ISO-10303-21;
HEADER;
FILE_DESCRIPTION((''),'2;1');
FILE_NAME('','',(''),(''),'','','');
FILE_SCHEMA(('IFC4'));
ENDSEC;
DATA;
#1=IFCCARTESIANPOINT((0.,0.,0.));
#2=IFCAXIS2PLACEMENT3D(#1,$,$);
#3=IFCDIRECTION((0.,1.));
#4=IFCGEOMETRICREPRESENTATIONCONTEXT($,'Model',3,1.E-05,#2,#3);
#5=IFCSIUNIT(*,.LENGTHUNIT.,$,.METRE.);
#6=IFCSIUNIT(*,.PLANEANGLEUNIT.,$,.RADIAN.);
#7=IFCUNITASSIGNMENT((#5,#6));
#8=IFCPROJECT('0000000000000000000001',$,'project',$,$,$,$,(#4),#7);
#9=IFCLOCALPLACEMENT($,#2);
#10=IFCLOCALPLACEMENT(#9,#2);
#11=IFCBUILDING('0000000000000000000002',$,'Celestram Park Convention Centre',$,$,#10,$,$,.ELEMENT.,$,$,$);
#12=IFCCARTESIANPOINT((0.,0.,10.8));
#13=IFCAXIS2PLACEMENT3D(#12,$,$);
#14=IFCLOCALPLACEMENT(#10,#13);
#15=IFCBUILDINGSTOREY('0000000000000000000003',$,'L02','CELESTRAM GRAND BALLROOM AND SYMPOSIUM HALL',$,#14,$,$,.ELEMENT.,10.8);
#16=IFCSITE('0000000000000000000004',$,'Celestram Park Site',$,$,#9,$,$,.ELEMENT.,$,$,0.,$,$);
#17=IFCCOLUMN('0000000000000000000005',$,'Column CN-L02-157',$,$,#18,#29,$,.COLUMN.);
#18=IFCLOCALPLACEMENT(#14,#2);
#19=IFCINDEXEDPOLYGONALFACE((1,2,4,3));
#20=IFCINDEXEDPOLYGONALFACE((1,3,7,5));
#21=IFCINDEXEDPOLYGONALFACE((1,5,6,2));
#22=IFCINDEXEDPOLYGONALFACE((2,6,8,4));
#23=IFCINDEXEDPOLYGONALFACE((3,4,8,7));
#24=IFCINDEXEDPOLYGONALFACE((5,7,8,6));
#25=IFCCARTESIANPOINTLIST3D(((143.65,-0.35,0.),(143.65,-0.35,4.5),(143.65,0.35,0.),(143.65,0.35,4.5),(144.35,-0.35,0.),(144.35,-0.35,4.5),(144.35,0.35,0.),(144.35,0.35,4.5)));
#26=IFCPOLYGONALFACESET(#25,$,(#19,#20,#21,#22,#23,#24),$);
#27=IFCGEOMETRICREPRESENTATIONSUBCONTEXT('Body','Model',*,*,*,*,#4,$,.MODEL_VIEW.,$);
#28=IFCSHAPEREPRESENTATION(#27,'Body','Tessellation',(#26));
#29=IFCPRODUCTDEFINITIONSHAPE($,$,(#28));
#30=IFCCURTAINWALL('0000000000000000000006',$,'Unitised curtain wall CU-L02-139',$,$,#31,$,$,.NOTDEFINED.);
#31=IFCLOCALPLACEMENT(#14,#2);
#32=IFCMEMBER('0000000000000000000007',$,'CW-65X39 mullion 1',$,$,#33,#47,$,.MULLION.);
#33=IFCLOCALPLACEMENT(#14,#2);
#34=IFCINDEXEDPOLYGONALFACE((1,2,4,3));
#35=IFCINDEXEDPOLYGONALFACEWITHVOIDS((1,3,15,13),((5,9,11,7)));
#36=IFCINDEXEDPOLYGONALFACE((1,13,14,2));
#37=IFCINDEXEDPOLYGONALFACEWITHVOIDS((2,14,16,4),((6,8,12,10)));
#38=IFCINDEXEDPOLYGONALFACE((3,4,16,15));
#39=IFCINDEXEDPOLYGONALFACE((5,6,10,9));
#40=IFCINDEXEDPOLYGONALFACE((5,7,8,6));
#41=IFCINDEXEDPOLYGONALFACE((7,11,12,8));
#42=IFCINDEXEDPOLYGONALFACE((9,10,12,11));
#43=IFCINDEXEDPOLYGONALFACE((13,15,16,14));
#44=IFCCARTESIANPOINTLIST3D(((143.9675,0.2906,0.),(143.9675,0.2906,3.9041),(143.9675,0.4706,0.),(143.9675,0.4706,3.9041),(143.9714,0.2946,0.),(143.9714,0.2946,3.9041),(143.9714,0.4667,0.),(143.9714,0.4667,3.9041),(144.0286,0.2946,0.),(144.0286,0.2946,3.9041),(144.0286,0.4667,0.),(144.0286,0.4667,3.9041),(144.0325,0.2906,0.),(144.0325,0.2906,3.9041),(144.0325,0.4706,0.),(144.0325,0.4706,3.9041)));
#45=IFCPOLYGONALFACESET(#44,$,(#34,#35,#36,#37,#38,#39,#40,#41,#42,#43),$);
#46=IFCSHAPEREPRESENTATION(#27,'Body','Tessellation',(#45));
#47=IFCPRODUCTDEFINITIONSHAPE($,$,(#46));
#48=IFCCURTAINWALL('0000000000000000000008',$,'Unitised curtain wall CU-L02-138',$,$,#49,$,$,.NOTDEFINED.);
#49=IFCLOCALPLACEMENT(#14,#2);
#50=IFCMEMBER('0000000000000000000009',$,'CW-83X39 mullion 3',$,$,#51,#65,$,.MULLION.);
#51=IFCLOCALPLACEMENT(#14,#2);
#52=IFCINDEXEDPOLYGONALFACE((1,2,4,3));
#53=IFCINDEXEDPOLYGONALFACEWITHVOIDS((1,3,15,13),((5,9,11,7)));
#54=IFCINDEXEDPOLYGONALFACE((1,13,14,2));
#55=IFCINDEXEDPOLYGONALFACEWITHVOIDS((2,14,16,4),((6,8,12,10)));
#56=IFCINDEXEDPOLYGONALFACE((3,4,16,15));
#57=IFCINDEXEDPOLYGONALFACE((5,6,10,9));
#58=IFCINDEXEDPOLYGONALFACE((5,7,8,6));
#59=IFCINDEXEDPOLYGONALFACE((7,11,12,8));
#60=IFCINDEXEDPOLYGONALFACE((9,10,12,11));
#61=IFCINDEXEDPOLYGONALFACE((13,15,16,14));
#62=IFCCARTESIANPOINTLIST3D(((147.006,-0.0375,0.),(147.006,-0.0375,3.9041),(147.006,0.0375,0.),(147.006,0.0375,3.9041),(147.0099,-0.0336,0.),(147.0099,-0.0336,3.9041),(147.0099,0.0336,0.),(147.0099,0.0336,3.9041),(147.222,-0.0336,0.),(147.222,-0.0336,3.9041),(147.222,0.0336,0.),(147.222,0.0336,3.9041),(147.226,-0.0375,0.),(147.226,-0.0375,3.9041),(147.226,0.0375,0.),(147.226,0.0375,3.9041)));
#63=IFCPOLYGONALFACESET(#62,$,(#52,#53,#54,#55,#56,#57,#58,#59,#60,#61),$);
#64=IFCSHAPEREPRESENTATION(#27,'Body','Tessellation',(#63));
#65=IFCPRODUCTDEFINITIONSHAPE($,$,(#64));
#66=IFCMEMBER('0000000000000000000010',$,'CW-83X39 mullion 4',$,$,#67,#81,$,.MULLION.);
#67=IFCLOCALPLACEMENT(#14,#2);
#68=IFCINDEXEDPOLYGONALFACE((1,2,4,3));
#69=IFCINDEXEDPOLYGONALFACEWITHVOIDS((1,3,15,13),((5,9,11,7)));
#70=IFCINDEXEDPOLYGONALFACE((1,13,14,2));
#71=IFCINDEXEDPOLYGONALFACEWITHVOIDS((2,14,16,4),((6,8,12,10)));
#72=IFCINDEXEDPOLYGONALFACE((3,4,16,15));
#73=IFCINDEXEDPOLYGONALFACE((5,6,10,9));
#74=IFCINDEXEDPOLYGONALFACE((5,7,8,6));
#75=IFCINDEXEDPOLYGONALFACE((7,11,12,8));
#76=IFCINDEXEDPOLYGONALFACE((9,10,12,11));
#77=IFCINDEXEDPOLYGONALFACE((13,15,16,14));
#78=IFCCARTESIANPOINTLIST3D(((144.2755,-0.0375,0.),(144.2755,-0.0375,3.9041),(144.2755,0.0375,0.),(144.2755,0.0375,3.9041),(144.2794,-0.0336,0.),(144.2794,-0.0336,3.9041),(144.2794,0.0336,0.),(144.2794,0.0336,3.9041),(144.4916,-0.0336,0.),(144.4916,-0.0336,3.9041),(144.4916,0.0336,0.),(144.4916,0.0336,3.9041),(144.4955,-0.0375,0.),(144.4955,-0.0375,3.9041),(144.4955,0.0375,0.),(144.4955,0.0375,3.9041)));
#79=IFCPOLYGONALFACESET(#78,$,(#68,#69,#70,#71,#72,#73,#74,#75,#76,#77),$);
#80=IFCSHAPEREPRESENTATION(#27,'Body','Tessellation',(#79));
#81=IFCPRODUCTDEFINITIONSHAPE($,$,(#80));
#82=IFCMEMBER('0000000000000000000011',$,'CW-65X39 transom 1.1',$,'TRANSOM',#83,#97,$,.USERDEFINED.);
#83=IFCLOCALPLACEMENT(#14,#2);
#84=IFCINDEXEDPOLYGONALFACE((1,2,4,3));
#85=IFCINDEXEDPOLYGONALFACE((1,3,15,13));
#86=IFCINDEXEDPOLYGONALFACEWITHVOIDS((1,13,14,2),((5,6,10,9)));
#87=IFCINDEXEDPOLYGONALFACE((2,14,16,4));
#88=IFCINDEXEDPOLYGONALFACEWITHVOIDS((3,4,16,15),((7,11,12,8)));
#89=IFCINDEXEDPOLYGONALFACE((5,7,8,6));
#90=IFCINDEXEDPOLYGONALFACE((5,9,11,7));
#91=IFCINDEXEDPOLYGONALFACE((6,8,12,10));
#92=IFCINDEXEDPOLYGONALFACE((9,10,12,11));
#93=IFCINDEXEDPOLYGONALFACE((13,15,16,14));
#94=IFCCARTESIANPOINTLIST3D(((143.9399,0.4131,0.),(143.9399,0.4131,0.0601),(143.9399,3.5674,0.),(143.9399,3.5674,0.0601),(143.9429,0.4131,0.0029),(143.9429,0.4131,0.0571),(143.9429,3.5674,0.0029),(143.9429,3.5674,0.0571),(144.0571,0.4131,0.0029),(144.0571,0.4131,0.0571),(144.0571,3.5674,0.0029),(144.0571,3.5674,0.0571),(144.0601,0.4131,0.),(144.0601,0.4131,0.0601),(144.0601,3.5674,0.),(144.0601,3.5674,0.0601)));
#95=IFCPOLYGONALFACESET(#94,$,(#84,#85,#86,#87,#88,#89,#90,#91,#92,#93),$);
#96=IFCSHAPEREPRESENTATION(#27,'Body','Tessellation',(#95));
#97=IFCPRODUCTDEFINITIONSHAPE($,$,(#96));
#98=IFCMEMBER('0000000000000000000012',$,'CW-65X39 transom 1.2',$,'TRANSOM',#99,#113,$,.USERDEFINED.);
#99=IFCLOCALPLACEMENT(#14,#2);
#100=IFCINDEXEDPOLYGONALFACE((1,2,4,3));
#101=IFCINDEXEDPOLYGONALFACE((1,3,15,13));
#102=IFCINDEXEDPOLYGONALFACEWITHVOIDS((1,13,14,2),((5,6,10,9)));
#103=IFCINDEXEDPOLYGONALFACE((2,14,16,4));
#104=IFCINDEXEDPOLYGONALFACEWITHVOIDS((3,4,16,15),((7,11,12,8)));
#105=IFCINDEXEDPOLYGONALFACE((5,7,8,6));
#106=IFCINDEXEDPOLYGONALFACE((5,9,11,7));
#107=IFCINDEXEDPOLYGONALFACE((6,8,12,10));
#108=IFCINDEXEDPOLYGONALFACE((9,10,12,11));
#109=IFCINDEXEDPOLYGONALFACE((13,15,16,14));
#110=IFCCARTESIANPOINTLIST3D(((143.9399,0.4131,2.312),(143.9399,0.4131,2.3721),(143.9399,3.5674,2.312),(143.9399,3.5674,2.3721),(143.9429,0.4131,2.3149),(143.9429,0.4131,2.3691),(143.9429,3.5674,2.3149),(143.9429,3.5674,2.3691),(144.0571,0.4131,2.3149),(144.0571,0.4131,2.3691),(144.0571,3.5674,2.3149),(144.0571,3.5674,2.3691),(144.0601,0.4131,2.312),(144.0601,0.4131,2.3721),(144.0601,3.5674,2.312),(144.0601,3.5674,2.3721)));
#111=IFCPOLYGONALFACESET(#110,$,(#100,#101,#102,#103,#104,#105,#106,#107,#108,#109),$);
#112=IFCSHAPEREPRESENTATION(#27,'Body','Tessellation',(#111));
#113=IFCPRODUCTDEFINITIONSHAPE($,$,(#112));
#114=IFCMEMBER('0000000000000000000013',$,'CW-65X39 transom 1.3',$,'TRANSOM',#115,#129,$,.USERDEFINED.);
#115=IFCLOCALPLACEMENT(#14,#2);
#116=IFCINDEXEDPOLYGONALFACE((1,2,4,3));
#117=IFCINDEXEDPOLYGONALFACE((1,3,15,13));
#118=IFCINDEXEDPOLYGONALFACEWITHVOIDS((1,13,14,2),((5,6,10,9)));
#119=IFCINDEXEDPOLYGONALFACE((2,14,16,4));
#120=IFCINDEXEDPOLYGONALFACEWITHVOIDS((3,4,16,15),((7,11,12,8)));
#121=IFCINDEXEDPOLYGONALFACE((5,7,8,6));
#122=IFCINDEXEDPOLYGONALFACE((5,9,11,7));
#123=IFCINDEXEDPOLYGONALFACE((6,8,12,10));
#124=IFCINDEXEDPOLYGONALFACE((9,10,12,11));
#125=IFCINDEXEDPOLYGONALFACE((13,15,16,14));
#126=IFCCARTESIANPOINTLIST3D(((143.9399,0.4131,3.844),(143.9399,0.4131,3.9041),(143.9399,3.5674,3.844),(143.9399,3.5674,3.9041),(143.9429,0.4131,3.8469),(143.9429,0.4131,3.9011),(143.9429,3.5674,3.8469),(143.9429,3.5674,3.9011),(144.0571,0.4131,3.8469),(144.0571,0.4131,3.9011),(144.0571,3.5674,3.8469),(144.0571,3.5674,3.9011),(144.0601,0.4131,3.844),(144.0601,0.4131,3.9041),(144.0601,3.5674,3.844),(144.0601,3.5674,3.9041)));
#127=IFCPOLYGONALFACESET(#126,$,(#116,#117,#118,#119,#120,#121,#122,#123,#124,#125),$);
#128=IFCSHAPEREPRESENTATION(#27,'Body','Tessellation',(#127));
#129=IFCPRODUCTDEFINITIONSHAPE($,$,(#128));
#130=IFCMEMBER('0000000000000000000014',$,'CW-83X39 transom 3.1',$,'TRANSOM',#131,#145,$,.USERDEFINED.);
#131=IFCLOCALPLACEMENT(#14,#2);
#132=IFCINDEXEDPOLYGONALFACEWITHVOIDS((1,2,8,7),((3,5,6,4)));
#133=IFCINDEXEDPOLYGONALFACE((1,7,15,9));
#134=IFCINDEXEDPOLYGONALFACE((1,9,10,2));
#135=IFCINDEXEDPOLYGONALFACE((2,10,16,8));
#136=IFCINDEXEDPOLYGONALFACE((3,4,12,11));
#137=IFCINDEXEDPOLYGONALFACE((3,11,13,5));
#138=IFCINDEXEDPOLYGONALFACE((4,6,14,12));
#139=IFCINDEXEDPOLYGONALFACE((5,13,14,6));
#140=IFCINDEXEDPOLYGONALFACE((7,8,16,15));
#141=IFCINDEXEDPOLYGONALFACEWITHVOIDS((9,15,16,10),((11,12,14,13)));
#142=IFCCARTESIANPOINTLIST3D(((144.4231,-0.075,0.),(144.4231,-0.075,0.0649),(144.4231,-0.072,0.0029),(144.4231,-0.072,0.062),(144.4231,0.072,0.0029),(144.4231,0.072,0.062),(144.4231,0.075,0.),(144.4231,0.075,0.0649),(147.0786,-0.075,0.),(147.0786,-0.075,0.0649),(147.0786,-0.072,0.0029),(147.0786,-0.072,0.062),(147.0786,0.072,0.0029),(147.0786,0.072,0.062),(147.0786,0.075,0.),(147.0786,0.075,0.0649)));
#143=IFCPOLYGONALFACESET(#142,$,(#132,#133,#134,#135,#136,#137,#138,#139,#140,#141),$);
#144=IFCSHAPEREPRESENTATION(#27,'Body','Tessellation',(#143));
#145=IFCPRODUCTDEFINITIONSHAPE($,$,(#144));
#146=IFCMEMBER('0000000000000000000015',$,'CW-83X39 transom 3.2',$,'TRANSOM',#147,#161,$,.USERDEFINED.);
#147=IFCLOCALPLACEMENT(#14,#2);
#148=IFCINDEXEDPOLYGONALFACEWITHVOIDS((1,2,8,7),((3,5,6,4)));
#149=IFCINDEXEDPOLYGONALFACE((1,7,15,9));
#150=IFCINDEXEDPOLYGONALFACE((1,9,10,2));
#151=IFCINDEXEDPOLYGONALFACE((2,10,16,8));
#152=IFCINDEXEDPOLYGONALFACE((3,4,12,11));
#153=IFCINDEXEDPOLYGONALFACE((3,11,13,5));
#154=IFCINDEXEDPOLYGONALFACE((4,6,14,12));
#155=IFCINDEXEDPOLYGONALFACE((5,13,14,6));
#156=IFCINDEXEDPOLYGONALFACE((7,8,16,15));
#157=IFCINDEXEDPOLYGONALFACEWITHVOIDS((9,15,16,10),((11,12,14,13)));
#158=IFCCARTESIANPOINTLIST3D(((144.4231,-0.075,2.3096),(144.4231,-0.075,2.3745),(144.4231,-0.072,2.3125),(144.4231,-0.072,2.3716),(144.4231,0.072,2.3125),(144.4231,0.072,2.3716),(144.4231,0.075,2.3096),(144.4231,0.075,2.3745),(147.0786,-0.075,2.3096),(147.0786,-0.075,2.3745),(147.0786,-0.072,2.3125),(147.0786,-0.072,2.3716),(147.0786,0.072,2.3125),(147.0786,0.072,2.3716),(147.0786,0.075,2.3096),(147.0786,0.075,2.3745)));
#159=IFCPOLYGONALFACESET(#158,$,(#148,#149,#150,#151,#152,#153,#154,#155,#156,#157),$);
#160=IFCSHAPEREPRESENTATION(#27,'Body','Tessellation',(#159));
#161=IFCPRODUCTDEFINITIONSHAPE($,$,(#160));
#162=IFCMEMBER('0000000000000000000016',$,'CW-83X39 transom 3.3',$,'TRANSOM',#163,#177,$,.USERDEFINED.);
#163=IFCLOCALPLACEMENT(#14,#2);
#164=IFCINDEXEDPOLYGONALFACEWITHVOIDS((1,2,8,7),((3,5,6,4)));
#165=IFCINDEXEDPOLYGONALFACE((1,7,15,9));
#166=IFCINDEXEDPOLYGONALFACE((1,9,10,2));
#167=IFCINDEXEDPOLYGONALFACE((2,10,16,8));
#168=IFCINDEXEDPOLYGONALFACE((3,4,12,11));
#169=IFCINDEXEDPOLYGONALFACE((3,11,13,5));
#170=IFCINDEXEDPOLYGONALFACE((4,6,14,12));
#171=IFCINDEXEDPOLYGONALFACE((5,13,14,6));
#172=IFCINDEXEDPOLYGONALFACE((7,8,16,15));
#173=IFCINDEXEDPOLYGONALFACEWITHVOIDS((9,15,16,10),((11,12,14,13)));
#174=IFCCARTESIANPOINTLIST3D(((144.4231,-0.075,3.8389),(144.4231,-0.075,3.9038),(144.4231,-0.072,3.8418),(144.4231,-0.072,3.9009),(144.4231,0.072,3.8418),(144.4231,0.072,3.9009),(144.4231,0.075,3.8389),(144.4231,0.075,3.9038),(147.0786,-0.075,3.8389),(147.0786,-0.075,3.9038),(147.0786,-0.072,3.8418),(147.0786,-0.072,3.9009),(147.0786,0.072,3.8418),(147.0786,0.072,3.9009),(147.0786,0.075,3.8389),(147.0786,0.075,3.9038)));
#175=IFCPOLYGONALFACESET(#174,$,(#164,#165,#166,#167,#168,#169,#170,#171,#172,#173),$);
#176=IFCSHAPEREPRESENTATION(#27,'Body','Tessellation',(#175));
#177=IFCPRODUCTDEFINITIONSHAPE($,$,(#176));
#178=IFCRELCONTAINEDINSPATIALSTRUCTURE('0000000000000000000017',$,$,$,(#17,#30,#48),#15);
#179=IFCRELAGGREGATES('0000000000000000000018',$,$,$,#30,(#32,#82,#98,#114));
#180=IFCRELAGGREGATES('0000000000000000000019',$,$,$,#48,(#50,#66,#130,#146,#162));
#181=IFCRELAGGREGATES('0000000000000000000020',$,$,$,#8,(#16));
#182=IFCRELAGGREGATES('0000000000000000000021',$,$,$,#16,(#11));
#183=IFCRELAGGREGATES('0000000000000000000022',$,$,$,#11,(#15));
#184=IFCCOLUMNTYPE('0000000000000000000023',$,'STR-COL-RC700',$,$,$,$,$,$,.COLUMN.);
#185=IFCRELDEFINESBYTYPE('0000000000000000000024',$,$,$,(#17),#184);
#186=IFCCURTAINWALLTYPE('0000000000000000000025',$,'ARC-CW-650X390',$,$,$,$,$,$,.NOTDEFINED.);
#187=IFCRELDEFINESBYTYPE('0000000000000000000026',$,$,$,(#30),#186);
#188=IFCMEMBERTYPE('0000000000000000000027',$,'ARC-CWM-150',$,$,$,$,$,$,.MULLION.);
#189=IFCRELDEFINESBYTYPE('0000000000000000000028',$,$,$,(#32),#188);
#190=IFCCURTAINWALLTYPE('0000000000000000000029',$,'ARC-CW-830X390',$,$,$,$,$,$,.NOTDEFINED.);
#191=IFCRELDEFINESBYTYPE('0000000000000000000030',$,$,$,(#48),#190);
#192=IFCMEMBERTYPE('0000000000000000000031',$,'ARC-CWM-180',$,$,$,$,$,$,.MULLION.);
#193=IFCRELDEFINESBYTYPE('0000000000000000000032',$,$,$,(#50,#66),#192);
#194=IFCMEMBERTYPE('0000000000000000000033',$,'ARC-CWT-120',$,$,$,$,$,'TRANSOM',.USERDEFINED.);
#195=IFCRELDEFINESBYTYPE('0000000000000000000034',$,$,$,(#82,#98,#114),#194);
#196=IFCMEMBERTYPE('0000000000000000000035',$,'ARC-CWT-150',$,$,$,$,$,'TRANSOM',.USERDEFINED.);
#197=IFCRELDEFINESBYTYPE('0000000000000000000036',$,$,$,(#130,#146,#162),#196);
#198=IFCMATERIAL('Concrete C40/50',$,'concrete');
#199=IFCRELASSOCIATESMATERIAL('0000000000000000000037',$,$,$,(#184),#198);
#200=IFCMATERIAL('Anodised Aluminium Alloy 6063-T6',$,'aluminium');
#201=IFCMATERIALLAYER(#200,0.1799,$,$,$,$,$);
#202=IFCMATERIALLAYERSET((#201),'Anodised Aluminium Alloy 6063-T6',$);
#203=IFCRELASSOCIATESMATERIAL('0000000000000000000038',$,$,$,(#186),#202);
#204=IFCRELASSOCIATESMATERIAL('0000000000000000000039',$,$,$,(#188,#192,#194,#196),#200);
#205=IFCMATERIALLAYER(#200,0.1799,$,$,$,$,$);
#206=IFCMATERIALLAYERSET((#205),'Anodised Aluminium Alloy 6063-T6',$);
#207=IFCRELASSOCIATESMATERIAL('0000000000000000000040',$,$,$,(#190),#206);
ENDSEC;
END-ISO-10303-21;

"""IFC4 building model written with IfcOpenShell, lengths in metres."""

from ifc_helpers import new_model, si_unit, direction, frame, origin, origin_2d, place, context, subcontext, project, spatial, rectangle, hollow_rectangle, extrude, material, layer, layer_set, material_profile, profile_set, type_object, element, aggregate, save


model = new_model("IFC4")

# Units and contexts
model_context = context("Model", 3, precision=1e-05, world=origin(), true_north=direction((0.0, 1.0)))
body_context = subcontext(model_context, "Body", "Model", "MODEL_VIEW")
ifc_project = project(units=[si_unit("LENGTHUNIT", "METRE"), si_unit("PLANEANGLEUNIT", "RADIAN")], contexts=[model_context])

# Site, building, storey
site_placement = place(None, origin())
site = spatial("IfcSite", under=ifc_project, at=site_placement, Name="Celestram Park Site", CompositionType="ELEMENT", RefElevation=0.0)
building_placement = place(site_placement, origin())
building = spatial("IfcBuilding", under=site, at=building_placement, Name="Celestram Park Convention Centre", CompositionType="ELEMENT")
storey_placement = place(building_placement, frame((0.0, 0.0, 10.8)))
storey = spatial("IfcBuildingStorey", under=building, at=storey_placement, Name="L02", Description="CELESTRAM GRAND BALLROOM AND SYMPOSIUM HALL", CompositionType="ELEMENT", Elevation=10.8)

# Column
ifc_material_1 = material(Name="Concrete C40/50", Category="concrete")
ifc_material_profile_1 = material_profile(ifc_material_1, rectangle(XDim=0.7, YDim=0.7, at=origin_2d()), Name="RC700X700")
ifc_profile_set_1 = profile_set([ifc_material_profile_1], Name="Concrete C40/50")
column_type = type_object("IfcColumnType", Name="STR-COL-RC700", PredefinedType="COLUMN", material=ifc_profile_set_1)
column_placement = place(storey_placement, frame((144.0, 0.0, 0.0), z_axis=(0.0, 0.0, 1.0), x_axis=(1.0, 0.0, 0.0)))
element("IfcColumn", 1, at=column_placement, inside=storey, type_object=column_type, Name="Column CN-L02-157", PredefinedType="COLUMN", context=body_context, shape_type="SweptSolid", body=[
    extrude(rectangle(XDim=0.7, YDim=0.7, at=origin_2d()), origin(), (0.0, 0.0, 1.0), 4.5),
])

# Curtain wall, member
ifc_material_2 = material(Name="Anodised Aluminium Alloy 6063-T6", Category="aluminium")
ifc_layer_1 = layer(ifc_material_2, 0.1799)
ifc_layer_set_1 = layer_set([ifc_layer_1], Name="Anodised Aluminium Alloy 6063-T6")
curtain_wall_type_1 = type_object("IfcCurtainWallType", Name="ARC-CW-650X390", PredefinedType="NOTDEFINED", material=ifc_layer_set_1)
curtain_wall_1_placement = place(storey_placement, origin())
curtain_wall_1 = element("IfcCurtainWall", 2, at=curtain_wall_1_placement, inside=storey, type_object=curtain_wall_type_1, Name="Unitised curtain wall CU-L02-139", PredefinedType="NOTDEFINED")
ifc_material_profile_2 = material_profile(ifc_material_2, hollow_rectangle(XDim=0.0649, YDim=0.1799, WallThickness=0.0039, at=origin_2d()), Name="ALU65X180X4")
ifc_profile_set_2 = profile_set([ifc_material_profile_2], Name="Anodised Aluminium Alloy 6063-T6")
member_type_1 = type_object("IfcMemberType", Name="ARC-CWM-150", PredefinedType="MULLION", material=ifc_profile_set_2)
member_1_placement = place(storey_placement, frame((144.0, 0.3806, 0.0), z_axis=(0.0, 0.0, 1.0), x_axis=(-1.0, 0.0, 0.0)))
member_1 = element("IfcMember", 3, at=member_1_placement, type_object=member_type_1, Name="CW-65X39 mullion 1", PredefinedType="MULLION", context=body_context, shape_type="SweptSolid", body=[
    extrude(hollow_rectangle(XDim=0.0649, YDim=0.1799, WallThickness=0.0039, at=origin_2d()), origin(), (0.0, 0.0, 1.0), 3.9041),
])

# Curtain wall, members
ifc_layer_2 = layer(ifc_material_2, 0.1799)
ifc_layer_set_2 = layer_set([ifc_layer_2], Name="Anodised Aluminium Alloy 6063-T6")
curtain_wall_type_2 = type_object("IfcCurtainWallType", Name="ARC-CW-830X390", PredefinedType="NOTDEFINED", material=ifc_layer_set_2)
curtain_wall_2_placement = place(storey_placement, origin())
curtain_wall_2 = element("IfcCurtainWall", 4, at=curtain_wall_2_placement, inside=storey, type_object=curtain_wall_type_2, Name="Unitised curtain wall CU-L02-138", PredefinedType="NOTDEFINED")
ifc_material_profile_3 = material_profile(ifc_material_2, hollow_rectangle(XDim=0.075, YDim=0.22, WallThickness=0.0039, at=origin_2d()), Name="ALU75X220X4")
ifc_profile_set_3 = profile_set([ifc_material_profile_3], Name="Anodised Aluminium Alloy 6063-T6")
member_type_2 = type_object("IfcMemberType", Name="ARC-CWM-180", PredefinedType="MULLION", material=ifc_profile_set_3)
member_2_placement = place(storey_placement, frame((147.116, 0.0, 0.0), z_axis=(0.0, 0.0, 1.0), x_axis=(0.0, -1.0, 0.0)))
member_2 = element("IfcMember", 5, at=member_2_placement, type_object=member_type_2, Name="CW-83X39 mullion 3", PredefinedType="MULLION", context=body_context, shape_type="SweptSolid", body=[
    extrude(hollow_rectangle(XDim=0.075, YDim=0.22, WallThickness=0.0039, at=origin_2d()), origin(), (0.0, 0.0, 1.0), 3.9041),
])
member_3_placement = place(storey_placement, frame((144.3855, 0.0, 0.0), z_axis=(0.0, 0.0, 1.0), x_axis=(0.0, -1.0, 0.0)))
member_3 = element("IfcMember", 6, at=member_3_placement, type_object=member_type_2, Name="CW-83X39 mullion 4", PredefinedType="MULLION", context=body_context, shape_type="SweptSolid", body=[
    extrude(hollow_rectangle(XDim=0.075, YDim=0.22, WallThickness=0.0039, at=origin_2d()), origin(), (0.0, 0.0, 1.0), 3.9041),
])

# Members
ifc_material_profile_4 = material_profile(ifc_material_2, hollow_rectangle(XDim=0.1201, YDim=0.0601, WallThickness=0.0029, at=origin_2d()), Name="ALU120X60X3")
ifc_profile_set_4 = profile_set([ifc_material_profile_4], Name="Anodised Aluminium Alloy 6063-T6")
member_type_3 = type_object("IfcMemberType", Name="ARC-CWT-120", ElementType="TRANSOM", PredefinedType="USERDEFINED", material=ifc_profile_set_4)
member_4_placement = place(storey_placement, frame((144.0, 0.4131, 0.03), z_axis=(0.0, 1.0, 0.0), x_axis=(-1.0, 0.0, 0.0)))
member_4 = element("IfcMember", 7, at=member_4_placement, type_object=member_type_3, Name="CW-65X39 transom 1.1", ObjectType="TRANSOM", PredefinedType="USERDEFINED", context=body_context, shape_type="SweptSolid", body=[
    extrude(hollow_rectangle(XDim=0.1201, YDim=0.0601, WallThickness=0.0029, at=origin_2d()), origin(), (0.0, 0.0, 1.0), 3.1543),
])
member_5_placement = place(storey_placement, frame((144.0, 0.4131, 2.342), z_axis=(0.0, 1.0, 0.0), x_axis=(-1.0, 0.0, 0.0)))
member_5 = element("IfcMember", 8, at=member_5_placement, type_object=member_type_3, Name="CW-65X39 transom 1.2", ObjectType="TRANSOM", PredefinedType="USERDEFINED", context=body_context, shape_type="SweptSolid", body=[
    extrude(hollow_rectangle(XDim=0.1201, YDim=0.0601, WallThickness=0.0029, at=origin_2d()), origin(), (0.0, 0.0, 1.0), 3.1543),
])
member_6_placement = place(storey_placement, frame((144.0, 0.4131, 3.874), z_axis=(0.0, 1.0, 0.0), x_axis=(-1.0, 0.0, 0.0)))
member_6 = element("IfcMember", 9, at=member_6_placement, type_object=member_type_3, Name="CW-65X39 transom 1.3", ObjectType="TRANSOM", PredefinedType="USERDEFINED", context=body_context, shape_type="SweptSolid", body=[
    extrude(hollow_rectangle(XDim=0.1201, YDim=0.0601, WallThickness=0.0029, at=origin_2d()), origin(), (0.0, 0.0, 1.0), 3.1543),
])
aggregate(curtain_wall_1, [member_1, member_4, member_5, member_6])
ifc_material_profile_5 = material_profile(ifc_material_2, hollow_rectangle(XDim=0.1499, YDim=0.0649, WallThickness=0.0029, at=origin_2d()), Name="ALU150X65X3")
ifc_profile_set_5 = profile_set([ifc_material_profile_5], Name="Anodised Aluminium Alloy 6063-T6")
member_type_4 = type_object("IfcMemberType", Name="ARC-CWT-150", ElementType="TRANSOM", PredefinedType="USERDEFINED", material=ifc_profile_set_5)
member_7_placement = place(storey_placement, frame((147.0786, 0.0, 0.0325), z_axis=(-1.0, 0.0, 0.0), x_axis=(0.0, -1.0, 0.0)))
member_7 = element("IfcMember", 10, at=member_7_placement, type_object=member_type_4, Name="CW-83X39 transom 3.1", ObjectType="TRANSOM", PredefinedType="USERDEFINED", context=body_context, shape_type="SweptSolid", body=[
    extrude(hollow_rectangle(XDim=0.1499, YDim=0.0649, WallThickness=0.0029, at=origin_2d()), origin(), (0.0, 0.0, 1.0), 2.6555),
])
member_8_placement = place(storey_placement, frame((147.0786, 0.0, 2.342), z_axis=(-1.0, 0.0, 0.0), x_axis=(0.0, -1.0, 0.0)))
member_8 = element("IfcMember", 11, at=member_8_placement, type_object=member_type_4, Name="CW-83X39 transom 3.2", ObjectType="TRANSOM", PredefinedType="USERDEFINED", context=body_context, shape_type="SweptSolid", body=[
    extrude(hollow_rectangle(XDim=0.1499, YDim=0.0649, WallThickness=0.0029, at=origin_2d()), origin(), (0.0, 0.0, 1.0), 2.6555),
])
member_9_placement = place(storey_placement, frame((147.0786, 0.0, 3.8713), z_axis=(-1.0, 0.0, 0.0), x_axis=(0.0, -1.0, 0.0)))
member_9 = element("IfcMember", 12, at=member_9_placement, type_object=member_type_4, Name="CW-83X39 transom 3.3", ObjectType="TRANSOM", PredefinedType="USERDEFINED", context=body_context, shape_type="SweptSolid", body=[
    extrude(hollow_rectangle(XDim=0.1499, YDim=0.0649, WallThickness=0.0029, at=origin_2d()), origin(), (0.0, 0.0, 1.0), 2.6555),
])

aggregate(curtain_wall_2, [member_2, member_3, member_7, member_8, member_9])

save(model, "model.ifc")
